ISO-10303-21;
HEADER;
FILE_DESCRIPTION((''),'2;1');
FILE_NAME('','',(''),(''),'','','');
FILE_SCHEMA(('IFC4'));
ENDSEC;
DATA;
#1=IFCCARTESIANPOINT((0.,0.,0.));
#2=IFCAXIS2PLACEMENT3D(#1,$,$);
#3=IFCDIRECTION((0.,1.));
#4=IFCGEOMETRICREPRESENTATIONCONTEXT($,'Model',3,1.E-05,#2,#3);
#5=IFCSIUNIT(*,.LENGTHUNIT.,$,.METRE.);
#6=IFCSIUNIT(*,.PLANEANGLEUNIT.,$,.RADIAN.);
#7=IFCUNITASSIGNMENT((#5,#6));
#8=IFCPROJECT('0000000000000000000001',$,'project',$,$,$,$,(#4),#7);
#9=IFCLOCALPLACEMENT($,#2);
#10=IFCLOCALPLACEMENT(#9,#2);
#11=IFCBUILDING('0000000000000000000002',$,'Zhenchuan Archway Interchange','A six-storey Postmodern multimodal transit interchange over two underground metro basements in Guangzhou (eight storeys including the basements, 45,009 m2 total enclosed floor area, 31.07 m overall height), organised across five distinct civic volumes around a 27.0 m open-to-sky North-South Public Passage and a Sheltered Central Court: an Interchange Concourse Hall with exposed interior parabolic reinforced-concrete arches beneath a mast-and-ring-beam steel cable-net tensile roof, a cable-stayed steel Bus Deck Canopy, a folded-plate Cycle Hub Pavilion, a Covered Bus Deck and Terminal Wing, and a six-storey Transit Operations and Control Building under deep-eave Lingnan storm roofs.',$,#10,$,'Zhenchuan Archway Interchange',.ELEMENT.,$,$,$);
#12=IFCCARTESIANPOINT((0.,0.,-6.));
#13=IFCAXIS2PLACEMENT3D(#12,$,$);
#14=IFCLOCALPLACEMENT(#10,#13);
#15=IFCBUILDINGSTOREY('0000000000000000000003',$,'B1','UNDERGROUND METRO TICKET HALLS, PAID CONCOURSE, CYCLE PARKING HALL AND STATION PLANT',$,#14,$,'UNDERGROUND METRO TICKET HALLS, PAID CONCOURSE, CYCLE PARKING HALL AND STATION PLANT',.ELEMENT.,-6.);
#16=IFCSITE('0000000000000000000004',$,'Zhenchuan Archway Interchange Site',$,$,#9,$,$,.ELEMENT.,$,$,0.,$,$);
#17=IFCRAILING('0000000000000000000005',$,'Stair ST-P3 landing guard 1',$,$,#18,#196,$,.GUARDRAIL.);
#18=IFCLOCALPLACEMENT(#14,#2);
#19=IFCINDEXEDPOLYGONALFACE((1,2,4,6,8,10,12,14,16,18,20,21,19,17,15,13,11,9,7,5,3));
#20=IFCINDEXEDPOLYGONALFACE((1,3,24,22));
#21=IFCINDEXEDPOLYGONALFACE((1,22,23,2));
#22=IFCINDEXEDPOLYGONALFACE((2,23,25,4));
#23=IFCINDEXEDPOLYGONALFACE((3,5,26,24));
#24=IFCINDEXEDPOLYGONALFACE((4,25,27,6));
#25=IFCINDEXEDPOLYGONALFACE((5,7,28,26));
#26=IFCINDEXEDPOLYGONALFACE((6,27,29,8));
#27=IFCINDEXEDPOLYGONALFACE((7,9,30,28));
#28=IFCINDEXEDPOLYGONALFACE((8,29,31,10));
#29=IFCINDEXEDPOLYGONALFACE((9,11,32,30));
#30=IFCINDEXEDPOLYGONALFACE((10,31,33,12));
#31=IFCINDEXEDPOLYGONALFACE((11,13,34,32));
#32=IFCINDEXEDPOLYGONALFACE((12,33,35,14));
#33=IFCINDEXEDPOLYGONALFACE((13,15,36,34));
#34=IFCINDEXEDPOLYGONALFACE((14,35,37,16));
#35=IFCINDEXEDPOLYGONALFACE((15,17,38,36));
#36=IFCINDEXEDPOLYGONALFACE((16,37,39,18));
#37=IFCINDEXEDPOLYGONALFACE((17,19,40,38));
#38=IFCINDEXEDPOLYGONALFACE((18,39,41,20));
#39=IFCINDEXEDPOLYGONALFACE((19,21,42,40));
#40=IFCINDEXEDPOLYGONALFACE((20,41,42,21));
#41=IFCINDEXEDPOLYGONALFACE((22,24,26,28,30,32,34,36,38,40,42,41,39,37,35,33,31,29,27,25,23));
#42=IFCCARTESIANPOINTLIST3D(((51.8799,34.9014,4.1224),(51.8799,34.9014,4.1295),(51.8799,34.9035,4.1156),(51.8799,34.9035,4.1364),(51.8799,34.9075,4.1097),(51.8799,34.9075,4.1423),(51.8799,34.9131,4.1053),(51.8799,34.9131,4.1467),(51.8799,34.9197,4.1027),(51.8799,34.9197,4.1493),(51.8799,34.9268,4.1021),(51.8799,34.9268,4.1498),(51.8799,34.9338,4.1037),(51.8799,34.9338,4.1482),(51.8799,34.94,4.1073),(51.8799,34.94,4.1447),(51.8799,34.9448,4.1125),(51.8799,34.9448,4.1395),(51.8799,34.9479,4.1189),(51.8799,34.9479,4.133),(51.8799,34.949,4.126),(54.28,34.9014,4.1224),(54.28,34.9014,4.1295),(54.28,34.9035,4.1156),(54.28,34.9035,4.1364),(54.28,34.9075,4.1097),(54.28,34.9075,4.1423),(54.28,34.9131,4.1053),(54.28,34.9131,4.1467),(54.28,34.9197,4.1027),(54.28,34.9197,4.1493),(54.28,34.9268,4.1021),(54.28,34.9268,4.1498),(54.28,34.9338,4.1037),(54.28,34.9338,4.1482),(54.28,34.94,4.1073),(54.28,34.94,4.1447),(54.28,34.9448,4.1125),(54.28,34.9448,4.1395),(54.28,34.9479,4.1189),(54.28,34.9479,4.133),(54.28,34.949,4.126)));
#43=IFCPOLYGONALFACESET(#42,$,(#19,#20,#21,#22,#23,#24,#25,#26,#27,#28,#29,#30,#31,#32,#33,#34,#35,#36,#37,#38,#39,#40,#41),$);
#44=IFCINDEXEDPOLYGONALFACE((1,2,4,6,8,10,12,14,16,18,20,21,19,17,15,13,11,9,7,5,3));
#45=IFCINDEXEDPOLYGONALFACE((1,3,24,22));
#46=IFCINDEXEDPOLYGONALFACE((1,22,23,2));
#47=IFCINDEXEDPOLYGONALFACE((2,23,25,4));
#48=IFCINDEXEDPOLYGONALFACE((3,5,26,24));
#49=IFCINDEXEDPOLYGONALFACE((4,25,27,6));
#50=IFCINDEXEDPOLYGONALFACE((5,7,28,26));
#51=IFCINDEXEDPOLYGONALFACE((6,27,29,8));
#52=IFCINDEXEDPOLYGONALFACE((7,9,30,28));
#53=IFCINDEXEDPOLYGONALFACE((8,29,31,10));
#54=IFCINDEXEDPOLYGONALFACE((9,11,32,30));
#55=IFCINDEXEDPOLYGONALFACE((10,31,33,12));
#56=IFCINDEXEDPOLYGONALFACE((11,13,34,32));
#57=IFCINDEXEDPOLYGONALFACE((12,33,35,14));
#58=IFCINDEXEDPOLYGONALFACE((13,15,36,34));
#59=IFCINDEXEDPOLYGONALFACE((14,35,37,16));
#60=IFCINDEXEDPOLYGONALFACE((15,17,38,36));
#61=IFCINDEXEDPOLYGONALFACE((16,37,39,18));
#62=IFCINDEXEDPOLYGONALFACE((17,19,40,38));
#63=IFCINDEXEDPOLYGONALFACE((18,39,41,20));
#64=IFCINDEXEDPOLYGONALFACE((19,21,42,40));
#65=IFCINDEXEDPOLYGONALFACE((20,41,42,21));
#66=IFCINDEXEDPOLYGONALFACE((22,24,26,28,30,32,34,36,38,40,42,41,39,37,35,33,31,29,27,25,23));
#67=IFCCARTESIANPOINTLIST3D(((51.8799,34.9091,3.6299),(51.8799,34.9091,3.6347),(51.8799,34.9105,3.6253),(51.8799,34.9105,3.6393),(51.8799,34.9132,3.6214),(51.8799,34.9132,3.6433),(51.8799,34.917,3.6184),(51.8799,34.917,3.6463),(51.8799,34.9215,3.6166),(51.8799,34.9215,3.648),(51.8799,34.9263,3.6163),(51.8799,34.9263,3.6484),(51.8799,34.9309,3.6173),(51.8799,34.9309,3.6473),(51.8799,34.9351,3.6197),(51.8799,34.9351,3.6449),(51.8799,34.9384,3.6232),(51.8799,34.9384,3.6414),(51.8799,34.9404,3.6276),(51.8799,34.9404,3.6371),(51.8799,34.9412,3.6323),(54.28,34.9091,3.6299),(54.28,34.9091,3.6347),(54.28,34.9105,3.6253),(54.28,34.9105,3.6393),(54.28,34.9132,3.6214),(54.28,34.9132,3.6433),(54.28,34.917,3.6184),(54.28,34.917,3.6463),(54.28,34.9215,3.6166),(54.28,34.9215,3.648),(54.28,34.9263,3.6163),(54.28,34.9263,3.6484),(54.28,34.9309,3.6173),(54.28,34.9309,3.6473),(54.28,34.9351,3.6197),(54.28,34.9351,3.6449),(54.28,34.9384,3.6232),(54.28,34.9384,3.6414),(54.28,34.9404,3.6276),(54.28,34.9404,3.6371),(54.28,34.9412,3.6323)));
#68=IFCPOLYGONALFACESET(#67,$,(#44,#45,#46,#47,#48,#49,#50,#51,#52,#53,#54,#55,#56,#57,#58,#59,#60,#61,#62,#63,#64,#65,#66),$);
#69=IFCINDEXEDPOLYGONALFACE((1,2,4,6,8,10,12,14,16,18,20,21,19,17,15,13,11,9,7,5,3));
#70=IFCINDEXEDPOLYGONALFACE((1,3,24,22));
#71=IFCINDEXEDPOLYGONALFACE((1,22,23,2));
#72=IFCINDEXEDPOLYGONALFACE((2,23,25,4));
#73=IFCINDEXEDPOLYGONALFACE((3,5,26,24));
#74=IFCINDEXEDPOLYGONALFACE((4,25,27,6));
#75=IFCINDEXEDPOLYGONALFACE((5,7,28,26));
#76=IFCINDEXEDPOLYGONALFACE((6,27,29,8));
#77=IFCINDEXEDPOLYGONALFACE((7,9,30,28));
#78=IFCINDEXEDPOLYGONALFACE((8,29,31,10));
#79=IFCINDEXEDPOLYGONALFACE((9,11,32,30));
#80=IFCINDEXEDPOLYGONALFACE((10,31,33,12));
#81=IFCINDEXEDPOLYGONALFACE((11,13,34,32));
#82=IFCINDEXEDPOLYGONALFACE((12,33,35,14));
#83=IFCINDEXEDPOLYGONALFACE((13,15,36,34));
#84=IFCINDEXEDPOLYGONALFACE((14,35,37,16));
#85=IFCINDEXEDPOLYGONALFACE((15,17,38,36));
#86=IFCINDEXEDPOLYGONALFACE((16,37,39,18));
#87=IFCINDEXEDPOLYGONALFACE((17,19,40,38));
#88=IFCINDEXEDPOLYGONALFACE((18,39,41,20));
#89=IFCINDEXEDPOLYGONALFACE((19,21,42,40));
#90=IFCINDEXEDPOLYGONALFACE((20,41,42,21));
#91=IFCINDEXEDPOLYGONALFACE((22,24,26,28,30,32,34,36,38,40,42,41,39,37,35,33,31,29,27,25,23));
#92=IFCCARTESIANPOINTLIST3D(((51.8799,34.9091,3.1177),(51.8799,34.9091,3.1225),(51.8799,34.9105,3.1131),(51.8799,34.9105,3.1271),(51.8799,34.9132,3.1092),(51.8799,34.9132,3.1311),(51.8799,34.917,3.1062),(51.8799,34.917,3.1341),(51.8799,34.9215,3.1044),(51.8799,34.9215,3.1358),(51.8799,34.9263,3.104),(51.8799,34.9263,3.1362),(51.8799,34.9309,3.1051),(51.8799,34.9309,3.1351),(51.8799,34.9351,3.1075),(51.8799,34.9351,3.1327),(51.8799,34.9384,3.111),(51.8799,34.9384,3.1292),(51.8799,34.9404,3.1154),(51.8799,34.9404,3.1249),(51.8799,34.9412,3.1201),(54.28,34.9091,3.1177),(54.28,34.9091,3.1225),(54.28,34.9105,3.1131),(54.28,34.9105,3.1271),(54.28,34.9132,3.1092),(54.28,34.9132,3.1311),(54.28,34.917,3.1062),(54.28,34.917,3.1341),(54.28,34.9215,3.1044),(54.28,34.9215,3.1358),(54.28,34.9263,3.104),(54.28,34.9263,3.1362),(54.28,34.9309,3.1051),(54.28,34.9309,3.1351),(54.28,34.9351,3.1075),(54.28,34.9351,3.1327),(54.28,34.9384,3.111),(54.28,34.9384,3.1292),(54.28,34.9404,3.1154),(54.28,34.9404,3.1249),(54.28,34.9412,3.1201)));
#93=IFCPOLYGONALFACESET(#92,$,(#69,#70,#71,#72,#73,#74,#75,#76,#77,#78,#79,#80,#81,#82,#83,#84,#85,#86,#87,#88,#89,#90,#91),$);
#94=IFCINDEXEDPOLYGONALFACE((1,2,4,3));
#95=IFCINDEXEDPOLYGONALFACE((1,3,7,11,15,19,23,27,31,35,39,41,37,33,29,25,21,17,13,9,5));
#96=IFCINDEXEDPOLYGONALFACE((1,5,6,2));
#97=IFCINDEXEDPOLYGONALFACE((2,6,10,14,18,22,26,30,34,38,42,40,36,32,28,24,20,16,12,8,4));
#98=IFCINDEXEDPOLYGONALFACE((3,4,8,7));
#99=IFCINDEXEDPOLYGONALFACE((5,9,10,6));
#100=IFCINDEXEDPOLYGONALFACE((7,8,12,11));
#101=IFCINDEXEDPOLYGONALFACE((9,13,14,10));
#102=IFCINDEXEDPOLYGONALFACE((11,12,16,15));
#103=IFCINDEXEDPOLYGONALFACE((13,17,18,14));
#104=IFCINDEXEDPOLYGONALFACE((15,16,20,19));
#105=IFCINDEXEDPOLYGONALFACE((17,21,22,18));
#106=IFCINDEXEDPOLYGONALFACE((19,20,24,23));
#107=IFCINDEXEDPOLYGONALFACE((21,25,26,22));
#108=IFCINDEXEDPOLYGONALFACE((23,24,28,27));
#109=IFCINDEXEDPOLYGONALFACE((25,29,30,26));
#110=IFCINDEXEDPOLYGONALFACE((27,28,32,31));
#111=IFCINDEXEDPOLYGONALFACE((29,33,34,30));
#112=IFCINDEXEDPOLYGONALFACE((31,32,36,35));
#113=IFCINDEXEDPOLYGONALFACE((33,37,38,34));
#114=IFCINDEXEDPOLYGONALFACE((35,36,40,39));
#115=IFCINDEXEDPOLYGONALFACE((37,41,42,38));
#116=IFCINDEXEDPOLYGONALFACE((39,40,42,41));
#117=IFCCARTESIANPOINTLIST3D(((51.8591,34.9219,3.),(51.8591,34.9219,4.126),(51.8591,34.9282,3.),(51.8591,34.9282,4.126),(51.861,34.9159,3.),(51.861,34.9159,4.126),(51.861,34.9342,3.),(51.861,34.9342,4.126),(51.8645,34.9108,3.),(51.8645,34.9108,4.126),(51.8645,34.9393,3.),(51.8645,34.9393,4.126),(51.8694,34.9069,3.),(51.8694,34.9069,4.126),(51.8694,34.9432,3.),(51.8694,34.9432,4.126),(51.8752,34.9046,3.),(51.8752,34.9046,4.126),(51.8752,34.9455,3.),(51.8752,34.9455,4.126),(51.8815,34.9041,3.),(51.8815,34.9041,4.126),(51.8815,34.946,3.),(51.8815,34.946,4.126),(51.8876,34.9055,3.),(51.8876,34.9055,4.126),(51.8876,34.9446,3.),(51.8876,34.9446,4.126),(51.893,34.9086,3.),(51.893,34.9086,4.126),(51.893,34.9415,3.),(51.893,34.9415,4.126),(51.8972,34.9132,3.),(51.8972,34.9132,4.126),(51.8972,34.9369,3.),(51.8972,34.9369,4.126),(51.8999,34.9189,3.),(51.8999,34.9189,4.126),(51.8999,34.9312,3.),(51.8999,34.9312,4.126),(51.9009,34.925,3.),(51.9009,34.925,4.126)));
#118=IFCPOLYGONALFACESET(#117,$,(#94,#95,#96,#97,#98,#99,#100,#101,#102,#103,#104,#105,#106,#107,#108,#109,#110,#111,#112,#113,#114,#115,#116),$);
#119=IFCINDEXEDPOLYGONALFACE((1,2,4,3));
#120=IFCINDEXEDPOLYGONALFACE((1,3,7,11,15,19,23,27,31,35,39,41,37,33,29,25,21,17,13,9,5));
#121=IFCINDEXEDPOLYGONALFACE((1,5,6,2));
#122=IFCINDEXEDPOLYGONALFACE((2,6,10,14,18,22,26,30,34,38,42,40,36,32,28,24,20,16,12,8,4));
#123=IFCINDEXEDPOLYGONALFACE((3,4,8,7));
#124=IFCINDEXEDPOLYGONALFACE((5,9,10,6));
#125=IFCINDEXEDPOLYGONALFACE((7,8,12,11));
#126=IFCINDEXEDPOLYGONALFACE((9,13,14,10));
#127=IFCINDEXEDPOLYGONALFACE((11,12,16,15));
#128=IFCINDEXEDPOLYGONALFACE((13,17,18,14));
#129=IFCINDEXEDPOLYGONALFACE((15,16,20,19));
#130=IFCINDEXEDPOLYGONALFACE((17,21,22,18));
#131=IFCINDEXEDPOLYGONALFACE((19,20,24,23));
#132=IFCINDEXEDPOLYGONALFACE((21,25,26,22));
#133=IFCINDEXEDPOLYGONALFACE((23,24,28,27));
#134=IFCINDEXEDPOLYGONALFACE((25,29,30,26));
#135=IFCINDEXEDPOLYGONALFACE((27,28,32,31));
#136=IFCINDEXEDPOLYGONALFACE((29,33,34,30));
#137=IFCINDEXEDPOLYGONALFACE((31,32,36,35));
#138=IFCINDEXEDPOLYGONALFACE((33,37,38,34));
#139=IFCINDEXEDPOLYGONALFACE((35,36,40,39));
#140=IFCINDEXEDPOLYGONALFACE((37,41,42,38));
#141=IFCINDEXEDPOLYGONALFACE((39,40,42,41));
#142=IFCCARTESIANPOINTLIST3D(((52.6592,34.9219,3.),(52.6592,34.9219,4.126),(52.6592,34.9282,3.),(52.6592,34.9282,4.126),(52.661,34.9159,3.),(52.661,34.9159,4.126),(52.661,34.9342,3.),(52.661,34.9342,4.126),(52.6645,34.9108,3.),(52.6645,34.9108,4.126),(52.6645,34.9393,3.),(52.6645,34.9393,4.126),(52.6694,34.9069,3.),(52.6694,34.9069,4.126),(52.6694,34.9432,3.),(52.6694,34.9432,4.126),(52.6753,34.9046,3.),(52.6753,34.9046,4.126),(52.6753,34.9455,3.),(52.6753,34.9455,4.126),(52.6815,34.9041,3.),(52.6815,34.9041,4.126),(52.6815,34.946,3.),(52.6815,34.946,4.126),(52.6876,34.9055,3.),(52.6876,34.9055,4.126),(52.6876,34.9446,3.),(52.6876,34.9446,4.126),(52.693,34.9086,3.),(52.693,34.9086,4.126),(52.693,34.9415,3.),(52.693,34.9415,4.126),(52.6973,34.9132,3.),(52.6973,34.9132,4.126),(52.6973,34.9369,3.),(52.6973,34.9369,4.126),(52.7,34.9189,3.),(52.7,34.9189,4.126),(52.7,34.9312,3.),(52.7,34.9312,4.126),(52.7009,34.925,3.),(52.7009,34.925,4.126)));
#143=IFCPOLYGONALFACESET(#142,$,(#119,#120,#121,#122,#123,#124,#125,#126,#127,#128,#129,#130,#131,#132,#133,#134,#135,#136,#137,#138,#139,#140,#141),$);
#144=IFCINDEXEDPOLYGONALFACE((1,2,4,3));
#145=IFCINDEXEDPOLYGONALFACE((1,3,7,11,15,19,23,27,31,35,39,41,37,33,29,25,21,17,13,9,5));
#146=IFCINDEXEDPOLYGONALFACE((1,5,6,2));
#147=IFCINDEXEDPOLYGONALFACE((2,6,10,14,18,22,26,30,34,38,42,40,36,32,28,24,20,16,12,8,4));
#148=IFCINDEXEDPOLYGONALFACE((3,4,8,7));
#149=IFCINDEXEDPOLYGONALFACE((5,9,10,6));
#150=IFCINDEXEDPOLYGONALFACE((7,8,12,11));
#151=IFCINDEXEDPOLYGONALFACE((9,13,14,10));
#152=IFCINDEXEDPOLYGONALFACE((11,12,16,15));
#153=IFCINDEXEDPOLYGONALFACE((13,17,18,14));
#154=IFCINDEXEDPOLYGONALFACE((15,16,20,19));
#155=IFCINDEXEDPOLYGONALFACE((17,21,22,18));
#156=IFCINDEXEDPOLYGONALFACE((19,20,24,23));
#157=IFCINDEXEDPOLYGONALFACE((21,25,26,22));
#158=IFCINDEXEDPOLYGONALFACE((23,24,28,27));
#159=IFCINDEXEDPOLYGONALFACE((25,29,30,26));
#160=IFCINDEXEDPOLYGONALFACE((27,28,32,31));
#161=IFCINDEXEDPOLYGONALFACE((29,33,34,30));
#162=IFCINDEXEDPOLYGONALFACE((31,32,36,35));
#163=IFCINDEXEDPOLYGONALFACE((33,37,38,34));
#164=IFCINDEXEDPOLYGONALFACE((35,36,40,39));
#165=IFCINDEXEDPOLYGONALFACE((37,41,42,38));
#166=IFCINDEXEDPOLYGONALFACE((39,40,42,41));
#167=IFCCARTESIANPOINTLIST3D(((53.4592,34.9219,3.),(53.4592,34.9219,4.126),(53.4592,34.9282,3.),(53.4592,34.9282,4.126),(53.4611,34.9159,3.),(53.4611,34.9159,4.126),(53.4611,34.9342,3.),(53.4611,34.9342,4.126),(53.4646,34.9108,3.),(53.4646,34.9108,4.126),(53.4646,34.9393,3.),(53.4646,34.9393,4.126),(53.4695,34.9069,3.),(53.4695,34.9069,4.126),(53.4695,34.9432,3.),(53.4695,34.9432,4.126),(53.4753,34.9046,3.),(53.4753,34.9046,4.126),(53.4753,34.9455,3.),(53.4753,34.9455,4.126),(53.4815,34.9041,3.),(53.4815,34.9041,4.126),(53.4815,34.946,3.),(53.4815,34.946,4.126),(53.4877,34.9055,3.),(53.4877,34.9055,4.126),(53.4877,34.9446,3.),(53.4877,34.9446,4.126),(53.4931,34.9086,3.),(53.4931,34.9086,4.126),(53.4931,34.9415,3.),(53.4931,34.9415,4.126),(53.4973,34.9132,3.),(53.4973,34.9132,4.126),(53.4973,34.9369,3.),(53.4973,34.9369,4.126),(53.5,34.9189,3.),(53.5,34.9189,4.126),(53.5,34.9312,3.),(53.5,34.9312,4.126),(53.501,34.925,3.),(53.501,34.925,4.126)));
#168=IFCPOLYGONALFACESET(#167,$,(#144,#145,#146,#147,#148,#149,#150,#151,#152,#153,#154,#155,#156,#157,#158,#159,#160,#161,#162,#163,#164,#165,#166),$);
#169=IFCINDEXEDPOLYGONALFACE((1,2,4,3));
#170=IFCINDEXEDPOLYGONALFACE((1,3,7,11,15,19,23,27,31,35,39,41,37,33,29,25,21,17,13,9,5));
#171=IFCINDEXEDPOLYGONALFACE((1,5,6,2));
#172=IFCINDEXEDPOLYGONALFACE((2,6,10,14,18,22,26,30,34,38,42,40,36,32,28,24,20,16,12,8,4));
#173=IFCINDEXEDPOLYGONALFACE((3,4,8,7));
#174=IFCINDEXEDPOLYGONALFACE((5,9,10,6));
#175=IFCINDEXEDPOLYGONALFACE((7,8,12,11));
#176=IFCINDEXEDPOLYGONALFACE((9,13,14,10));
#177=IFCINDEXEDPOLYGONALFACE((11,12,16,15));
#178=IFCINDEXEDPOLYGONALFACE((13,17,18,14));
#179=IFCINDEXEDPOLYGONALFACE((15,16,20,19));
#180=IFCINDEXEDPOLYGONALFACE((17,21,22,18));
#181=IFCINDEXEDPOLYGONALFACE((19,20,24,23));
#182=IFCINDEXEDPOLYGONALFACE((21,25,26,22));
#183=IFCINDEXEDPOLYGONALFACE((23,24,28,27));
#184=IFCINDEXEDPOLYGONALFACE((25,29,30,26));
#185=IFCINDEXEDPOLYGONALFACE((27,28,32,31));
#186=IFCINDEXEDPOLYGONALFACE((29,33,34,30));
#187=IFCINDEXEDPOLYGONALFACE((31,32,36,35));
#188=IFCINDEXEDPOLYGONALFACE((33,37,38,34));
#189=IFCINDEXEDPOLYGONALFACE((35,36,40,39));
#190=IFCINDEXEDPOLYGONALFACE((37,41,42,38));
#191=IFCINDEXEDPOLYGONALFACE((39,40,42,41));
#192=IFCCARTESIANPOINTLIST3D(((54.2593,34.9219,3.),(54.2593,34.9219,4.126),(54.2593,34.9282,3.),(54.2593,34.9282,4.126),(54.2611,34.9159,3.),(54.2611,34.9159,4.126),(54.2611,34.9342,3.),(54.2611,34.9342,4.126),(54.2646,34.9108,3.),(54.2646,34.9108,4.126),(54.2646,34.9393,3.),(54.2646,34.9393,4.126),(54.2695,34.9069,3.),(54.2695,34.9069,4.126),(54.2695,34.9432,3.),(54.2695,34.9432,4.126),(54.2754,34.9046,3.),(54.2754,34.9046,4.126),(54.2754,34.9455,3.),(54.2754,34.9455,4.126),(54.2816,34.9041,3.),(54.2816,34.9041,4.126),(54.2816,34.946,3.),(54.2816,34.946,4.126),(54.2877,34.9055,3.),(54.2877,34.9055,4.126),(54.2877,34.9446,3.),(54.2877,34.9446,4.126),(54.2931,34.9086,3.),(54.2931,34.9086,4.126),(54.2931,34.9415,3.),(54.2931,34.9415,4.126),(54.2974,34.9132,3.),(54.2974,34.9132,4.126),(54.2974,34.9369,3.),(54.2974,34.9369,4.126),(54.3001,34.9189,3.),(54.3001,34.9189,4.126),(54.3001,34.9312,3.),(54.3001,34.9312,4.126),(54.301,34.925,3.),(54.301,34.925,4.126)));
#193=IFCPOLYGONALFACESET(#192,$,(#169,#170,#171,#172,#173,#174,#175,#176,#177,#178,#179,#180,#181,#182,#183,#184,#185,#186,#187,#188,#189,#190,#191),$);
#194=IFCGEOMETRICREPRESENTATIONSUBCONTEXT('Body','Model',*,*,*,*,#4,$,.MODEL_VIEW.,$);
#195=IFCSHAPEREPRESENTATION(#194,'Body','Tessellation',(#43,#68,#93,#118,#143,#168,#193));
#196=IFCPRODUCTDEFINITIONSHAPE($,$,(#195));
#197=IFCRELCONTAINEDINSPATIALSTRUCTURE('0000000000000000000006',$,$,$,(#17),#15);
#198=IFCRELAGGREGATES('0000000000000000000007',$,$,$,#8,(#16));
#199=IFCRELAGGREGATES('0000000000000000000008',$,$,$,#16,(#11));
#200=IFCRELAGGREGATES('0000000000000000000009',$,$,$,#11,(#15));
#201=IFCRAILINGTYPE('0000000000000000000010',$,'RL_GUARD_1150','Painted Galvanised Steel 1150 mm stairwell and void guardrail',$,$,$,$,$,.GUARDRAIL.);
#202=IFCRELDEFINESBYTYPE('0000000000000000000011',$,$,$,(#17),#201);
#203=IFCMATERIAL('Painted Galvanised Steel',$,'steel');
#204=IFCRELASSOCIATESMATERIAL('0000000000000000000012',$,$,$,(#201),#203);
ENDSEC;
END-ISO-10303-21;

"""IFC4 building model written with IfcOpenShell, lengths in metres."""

from ifc_helpers import new_model, si_unit, direction, frame, origin, origin_2d, place, context, subcontext, project, spatial, circle, extrude, material, type_object, element, save


model = new_model("IFC4")

# Units and contexts
model_context = context("Model", 3, precision=1e-05, world=origin(), true_north=direction((0.0, 1.0)))
body_context = subcontext(model_context, "Body", "Model", "MODEL_VIEW")
ifc_project = project(units=[si_unit("LENGTHUNIT", "METRE"), si_unit("PLANEANGLEUNIT", "RADIAN")], contexts=[model_context])

# Site, building, storey
site_placement = place(None, origin())
site = spatial("IfcSite", under=ifc_project, at=site_placement, Name="Zhenchuan Archway Interchange Site", CompositionType="ELEMENT", RefElevation=0.0)
building_placement = place(site_placement, origin())
building = spatial("IfcBuilding", under=site, at=building_placement, Name="Zhenchuan Archway Interchange", Description="A six-storey Postmodern multimodal transit interchange over two underground metro basements in Guangzhou (eight storeys including the basements, 45,009 m2 total enclosed floor area, 31.07 m overall height), organised across five distinct civic volumes around a 27.0 m open-to-sky North-South Public Passage and a Sheltered Central Court: an Interchange Concourse Hall with exposed interior parabolic reinforced-concrete arches beneath a mast-and-ring-beam steel cable-net tensile roof, a cable-stayed steel Bus Deck Canopy, a folded-plate Cycle Hub Pavilion, a Covered Bus Deck and Terminal Wing, and a six-storey Transit Operations and Control Building under deep-eave Lingnan storm roofs.", LongName="Zhenchuan Archway Interchange", CompositionType="ELEMENT")
storey_placement = place(building_placement, frame((0.0, 0.0, -6.0)))
storey = spatial("IfcBuildingStorey", under=building, at=storey_placement, Name="B1", Description="UNDERGROUND METRO TICKET HALLS, PAID CONCOURSE, CYCLE PARKING HALL AND STATION PLANT", LongName="UNDERGROUND METRO TICKET HALLS, PAID CONCOURSE, CYCLE PARKING HALL AND STATION PLANT", CompositionType="ELEMENT", Elevation=-6.0)

# Railing
ifc_material_1 = material(Name="Painted Galvanised Steel", Category="steel")
railing_type_1 = type_object("IfcRailingType", Name="RL_GUARD_1150", Description="Painted Galvanised Steel 1150 mm stairwell and void guardrail", PredefinedType="GUARDRAIL", material=ifc_material_1)
for number, where, name in (
    (1, (51.8799, 34.925, 3.0), "Stair ST-P3 landing guard 1"),
):
    element("IfcRailing", number, at=place(storey_placement, frame(where)), inside=storey, type_object=railing_type_1, Name=name, PredefinedType="GUARDRAIL", context=body_context, shape_type="SweptSolid", body=[
        extrude(circle(Radius=0.0239, at=origin_2d()), frame((0.0, 0.0, 1.126), z_axis=(1.0, 0.0, 0.0), x_axis=(0.0, 1.0, 0.0)), (0.0, 0.0, 1.0), 2.4001),
        extrude(circle(Radius=0.0161, at=origin_2d()), frame((0.0, 0.0, 0.6323), z_axis=(1.0, 0.0, 0.0), x_axis=(0.0, 1.0, 0.0)), (0.0, 0.0, 1.0), 2.4001),
        extrude(circle(Radius=0.0161, at=origin_2d()), frame((0.0, 0.0, 0.1201), z_axis=(1.0, 0.0, 0.0), x_axis=(0.0, 1.0, 0.0)), (0.0, 0.0, 1.0), 2.4001),
        extrude(circle(Radius=0.021, at=origin_2d()), origin(), (0.0, 0.0, 1.0), 1.126),
        extrude(circle(Radius=0.021, at=origin_2d()), frame((0.8, 0.0, 0.0)), (0.0, 0.0, 1.0), 1.126),
        extrude(circle(Radius=0.021, at=origin_2d()), frame((1.6001, 0.0, 0.0)), (0.0, 0.0, 1.0), 1.126),
        extrude(circle(Radius=0.021, at=origin_2d()), frame((2.4001, 0.0, 0.0)), (0.0, 0.0, 1.0), 1.126),
    ])

save(model, "model.ifc")
